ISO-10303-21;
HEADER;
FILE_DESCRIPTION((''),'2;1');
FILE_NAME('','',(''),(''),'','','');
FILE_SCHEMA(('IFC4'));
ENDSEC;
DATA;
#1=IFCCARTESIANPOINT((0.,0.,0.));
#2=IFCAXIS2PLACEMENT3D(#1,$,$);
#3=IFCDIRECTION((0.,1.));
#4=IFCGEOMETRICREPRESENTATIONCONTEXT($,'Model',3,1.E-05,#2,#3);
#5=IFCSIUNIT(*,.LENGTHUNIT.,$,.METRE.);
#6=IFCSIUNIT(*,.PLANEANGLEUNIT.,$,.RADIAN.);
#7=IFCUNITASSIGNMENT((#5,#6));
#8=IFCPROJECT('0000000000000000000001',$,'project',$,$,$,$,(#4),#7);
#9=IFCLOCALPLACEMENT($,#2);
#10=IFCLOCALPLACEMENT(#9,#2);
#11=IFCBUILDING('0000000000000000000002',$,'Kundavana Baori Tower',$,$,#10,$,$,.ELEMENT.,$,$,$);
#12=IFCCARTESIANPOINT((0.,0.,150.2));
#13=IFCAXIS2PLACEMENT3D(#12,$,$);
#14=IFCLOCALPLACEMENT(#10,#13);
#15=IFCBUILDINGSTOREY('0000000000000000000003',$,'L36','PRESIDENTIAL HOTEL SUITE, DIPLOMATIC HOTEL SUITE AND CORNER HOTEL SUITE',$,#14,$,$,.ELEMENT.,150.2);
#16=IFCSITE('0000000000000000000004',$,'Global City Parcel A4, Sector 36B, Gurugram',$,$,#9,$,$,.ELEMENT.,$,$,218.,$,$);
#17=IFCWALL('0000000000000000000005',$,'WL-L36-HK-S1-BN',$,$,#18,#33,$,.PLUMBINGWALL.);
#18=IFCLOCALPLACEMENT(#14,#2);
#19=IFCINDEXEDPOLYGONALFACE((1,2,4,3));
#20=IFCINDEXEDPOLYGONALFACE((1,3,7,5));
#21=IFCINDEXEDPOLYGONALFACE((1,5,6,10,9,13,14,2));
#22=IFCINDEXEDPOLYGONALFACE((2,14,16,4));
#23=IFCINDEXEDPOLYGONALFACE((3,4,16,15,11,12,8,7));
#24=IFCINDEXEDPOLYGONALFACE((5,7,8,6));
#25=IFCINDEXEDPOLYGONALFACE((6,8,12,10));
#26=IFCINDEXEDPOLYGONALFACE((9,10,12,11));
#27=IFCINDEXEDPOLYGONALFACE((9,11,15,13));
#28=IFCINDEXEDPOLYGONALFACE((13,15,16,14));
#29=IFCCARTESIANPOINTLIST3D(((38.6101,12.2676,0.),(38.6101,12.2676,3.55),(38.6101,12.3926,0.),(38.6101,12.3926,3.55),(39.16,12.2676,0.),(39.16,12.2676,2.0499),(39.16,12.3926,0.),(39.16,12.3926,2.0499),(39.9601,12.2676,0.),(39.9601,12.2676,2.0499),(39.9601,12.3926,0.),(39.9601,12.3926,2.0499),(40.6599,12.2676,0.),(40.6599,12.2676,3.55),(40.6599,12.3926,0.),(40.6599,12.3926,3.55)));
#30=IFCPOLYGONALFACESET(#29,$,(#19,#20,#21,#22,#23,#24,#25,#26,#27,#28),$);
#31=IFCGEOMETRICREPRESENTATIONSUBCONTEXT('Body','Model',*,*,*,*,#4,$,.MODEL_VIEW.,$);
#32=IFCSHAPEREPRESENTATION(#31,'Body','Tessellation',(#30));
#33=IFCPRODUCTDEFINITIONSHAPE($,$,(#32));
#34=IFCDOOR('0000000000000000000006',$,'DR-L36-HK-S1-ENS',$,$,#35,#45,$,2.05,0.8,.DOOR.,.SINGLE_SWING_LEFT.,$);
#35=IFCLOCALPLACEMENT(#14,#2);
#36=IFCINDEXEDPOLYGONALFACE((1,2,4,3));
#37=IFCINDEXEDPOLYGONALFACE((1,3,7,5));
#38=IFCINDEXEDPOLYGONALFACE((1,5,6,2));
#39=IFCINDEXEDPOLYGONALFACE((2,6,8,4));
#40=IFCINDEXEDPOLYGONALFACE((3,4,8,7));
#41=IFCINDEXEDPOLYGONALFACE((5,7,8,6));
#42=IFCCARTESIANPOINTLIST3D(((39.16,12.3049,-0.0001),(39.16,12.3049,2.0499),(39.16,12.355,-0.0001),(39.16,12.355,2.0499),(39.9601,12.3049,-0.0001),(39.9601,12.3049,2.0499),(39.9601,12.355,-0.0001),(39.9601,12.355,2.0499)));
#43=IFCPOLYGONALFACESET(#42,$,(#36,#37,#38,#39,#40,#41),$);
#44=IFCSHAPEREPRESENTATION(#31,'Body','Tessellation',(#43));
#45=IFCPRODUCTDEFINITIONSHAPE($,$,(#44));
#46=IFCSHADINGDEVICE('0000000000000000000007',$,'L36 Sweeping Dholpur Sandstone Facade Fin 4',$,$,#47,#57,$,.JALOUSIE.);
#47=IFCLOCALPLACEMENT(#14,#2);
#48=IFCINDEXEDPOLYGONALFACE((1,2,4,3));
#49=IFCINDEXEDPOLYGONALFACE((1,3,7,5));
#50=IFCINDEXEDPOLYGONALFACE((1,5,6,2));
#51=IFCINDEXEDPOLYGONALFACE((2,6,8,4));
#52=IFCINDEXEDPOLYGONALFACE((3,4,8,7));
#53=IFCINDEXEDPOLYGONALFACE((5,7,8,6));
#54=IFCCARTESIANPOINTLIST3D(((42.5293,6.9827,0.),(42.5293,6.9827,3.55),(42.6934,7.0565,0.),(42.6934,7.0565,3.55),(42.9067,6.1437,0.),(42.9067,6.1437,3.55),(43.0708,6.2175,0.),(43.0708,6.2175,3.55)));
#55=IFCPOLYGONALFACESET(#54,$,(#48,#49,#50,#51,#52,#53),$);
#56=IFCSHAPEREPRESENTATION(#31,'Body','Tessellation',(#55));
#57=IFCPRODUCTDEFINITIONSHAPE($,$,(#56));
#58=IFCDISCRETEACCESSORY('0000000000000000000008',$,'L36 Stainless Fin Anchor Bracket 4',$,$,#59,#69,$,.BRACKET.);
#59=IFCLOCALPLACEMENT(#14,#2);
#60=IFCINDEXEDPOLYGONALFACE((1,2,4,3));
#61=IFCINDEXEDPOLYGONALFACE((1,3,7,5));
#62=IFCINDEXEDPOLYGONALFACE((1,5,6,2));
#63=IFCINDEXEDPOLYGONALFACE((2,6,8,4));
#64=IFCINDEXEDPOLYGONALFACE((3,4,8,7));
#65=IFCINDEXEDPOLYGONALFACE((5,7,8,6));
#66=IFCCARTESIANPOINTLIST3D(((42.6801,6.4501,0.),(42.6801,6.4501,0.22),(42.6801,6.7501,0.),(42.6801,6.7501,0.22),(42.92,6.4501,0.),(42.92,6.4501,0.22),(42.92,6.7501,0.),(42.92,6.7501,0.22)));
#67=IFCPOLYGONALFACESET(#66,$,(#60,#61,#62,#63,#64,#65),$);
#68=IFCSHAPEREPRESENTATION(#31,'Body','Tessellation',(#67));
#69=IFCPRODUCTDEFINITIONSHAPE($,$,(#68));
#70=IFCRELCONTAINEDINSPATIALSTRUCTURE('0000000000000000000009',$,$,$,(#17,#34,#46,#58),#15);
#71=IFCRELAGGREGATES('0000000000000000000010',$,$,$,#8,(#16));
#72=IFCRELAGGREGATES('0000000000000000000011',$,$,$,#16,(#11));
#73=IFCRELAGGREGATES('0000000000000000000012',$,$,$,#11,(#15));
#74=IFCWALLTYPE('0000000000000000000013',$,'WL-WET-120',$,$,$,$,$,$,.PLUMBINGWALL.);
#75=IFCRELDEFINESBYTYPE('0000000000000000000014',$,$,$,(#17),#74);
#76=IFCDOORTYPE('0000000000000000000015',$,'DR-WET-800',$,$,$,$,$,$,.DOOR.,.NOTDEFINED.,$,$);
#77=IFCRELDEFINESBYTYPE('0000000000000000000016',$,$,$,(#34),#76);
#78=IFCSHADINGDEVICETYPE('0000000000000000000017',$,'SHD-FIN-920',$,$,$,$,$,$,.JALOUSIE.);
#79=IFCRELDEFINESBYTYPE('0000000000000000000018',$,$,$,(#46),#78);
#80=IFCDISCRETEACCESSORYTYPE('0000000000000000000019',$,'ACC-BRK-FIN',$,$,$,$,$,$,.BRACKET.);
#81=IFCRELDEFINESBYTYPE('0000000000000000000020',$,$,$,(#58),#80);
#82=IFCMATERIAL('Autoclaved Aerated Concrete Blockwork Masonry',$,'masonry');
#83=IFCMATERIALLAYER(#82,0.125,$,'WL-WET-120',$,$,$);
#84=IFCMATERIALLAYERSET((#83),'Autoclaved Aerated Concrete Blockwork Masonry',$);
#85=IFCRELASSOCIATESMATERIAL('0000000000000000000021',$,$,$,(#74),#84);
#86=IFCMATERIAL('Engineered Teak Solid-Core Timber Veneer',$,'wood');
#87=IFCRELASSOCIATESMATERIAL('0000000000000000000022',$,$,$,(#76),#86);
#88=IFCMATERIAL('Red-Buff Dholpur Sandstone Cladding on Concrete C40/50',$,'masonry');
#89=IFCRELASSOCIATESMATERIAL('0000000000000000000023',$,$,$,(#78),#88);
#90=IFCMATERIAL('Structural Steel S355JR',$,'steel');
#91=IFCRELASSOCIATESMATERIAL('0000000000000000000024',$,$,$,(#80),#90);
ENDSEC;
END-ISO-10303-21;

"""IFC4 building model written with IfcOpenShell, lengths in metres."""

from ifc_helpers import new_model, si_unit, direction, frame, frame_2d, origin, origin_2d, place, context, subcontext, project, spatial, rectangle, extrude, material, layer, layer_set, type_object, element, fill, save


model = new_model("IFC4")

# Units and contexts
model_context = context("Model", 3, precision=1e-05, world=origin(), true_north=direction((0.0, 1.0)))
body_context = subcontext(model_context, "Body", "Model", "MODEL_VIEW")
ifc_project = project(units=[si_unit("LENGTHUNIT", "METRE"), si_unit("PLANEANGLEUNIT", "RADIAN")], contexts=[model_context])

# Site, building, storey
site_placement = place(None, origin())
site = spatial("IfcSite", under=ifc_project, at=site_placement, Name="Global City Parcel A4, Sector 36B, Gurugram", CompositionType="ELEMENT", RefElevation=218.0)
building_placement = place(site_placement, origin())
building = spatial("IfcBuilding", under=site, at=building_placement, Name="Kundavana Baori Tower", CompositionType="ELEMENT")
storey_placement = place(building_placement, frame((0.0, 0.0, 150.2)))
storey = spatial("IfcBuildingStorey", under=building, at=storey_placement, Name="L36", Description="PRESIDENTIAL HOTEL SUITE, DIPLOMATIC HOTEL SUITE AND CORNER HOTEL SUITE", CompositionType="ELEMENT", Elevation=150.2)

# Shared definitions
ifc_material_1 = material(Name="Autoclaved Aerated Concrete Blockwork Masonry", Category="masonry")
ifc_layer_1 = layer(ifc_material_1, 0.125, Name="WL-WET-120")
ifc_layer_set_1 = layer_set([ifc_layer_1], Name="Autoclaved Aerated Concrete Blockwork Masonry")
wall_type_1 = type_object("IfcWallType", Name="WL-WET-120", PredefinedType="PLUMBINGWALL", material=ifc_layer_set_1)

# Wall, opening, door
wall_1_placement = place(storey_placement, frame((38.6101, 12.3301, 0.0), z_axis=(0.0, 0.0, 1.0), x_axis=(1.0, 0.0, 0.0)))
wall_1 = element("IfcWall", 1, at=wall_1_placement, inside=storey, type_object=wall_type_1, Name="WL-L36-HK-S1-BN", PredefinedType="PLUMBINGWALL", context=body_context, shape_type="SweptSolid", body=[
    extrude(rectangle(XDim=2.0498, YDim=0.125, at=frame_2d((1.0249, 0.0))), origin(), (0.0, 0.0, 1.0), 3.55),
])
opening_1_placement = place(wall_1_placement, frame((0.55, 0.0, 0.0)))
opening_1 = element("IfcOpeningElement", 2, at=opening_1_placement, cuts=wall_1, PredefinedType="OPENING", context=body_context, shape_type="SweptSolid", body=[
    extrude(rectangle(XDim=0.8, YDim=2.05, at=frame_2d((0.3999, 1.0249))), frame((0.0, 0.0725, 0.0), z_axis=(0.0, -1.0, 0.0), x_axis=(1.0, 0.0, 0.0)), (0.0, 0.0, 1.0), 0.145),
])
ifc_material_2 = material(Name="Engineered Teak Solid-Core Timber Veneer", Category="wood")
door_type_1 = type_object("IfcDoorType", Name="DR-WET-800", OperationType="NOTDEFINED", PredefinedType="DOOR", material=ifc_material_2)
door_1_placement = place(opening_1_placement, origin())
door_1 = element("IfcDoor", 3, at=door_1_placement, inside=storey, type_object=door_type_1, Name="DR-L36-HK-S1-ENS", OperationType="SINGLE_SWING_LEFT", OverallHeight=2.05, OverallWidth=0.8, PredefinedType="DOOR", context=body_context, shape_type="SweptSolid", body=[
    extrude(rectangle(XDim=0.8, YDim=2.05, at=frame_2d((0.3999, 1.0249))), frame((0.0, 0.0249, 0.0), z_axis=(0.0, -1.0, 0.0), x_axis=(1.0, 0.0, 0.0)), (0.0, 0.0, 1.0), 0.05),
])
fill(opening_1, door_1)

# Shading device
ifc_material_3 = material(Name="Red-Buff Dholpur Sandstone Cladding on Concrete C40/50", Category="masonry")
shading_device_type = type_object("IfcShadingDeviceType", Name="SHD-FIN-920", PredefinedType="JALOUSIE", material=ifc_material_3)
shading_device_placement = place(storey_placement, frame((42.8, 6.6001, 0.0), z_axis=(0.0, 0.0, 1.0), x_axis=(0.911977, 0.410241, 0.0)))
element("IfcShadingDevice", 4, at=shading_device_placement, inside=storey, type_object=shading_device_type, Name="L36 Sweeping Dholpur Sandstone Facade Fin 4", PredefinedType="JALOUSIE", context=body_context, shape_type="SweptSolid", body=[
    extrude(rectangle(XDim=0.1799, YDim=0.9199, at=origin_2d()), origin(), (0.0, 0.0, 1.0), 3.55),
])

# Discrete accessory
ifc_material_4 = material(Name="Structural Steel S355JR", Category="steel")
discrete_accessory_type = type_object("IfcDiscreteAccessoryType", Name="ACC-BRK-FIN", PredefinedType="BRACKET", material=ifc_material_4)
discrete_accessory_placement = place(storey_placement, frame((42.8, 6.6001, 0.0), z_axis=(0.0, 0.0, 1.0), x_axis=(1.0, 0.0, 0.0)))
element("IfcDiscreteAccessory", 5, at=discrete_accessory_placement, inside=storey, type_object=discrete_accessory_type, Name="L36 Stainless Fin Anchor Bracket 4", PredefinedType="BRACKET", context=body_context, shape_type="SweptSolid", body=[
    extrude(rectangle(XDim=0.24, YDim=0.3, at=origin_2d()), origin(), (0.0, 0.0, 1.0), 0.22),
])

save(model, "model.ifc")
